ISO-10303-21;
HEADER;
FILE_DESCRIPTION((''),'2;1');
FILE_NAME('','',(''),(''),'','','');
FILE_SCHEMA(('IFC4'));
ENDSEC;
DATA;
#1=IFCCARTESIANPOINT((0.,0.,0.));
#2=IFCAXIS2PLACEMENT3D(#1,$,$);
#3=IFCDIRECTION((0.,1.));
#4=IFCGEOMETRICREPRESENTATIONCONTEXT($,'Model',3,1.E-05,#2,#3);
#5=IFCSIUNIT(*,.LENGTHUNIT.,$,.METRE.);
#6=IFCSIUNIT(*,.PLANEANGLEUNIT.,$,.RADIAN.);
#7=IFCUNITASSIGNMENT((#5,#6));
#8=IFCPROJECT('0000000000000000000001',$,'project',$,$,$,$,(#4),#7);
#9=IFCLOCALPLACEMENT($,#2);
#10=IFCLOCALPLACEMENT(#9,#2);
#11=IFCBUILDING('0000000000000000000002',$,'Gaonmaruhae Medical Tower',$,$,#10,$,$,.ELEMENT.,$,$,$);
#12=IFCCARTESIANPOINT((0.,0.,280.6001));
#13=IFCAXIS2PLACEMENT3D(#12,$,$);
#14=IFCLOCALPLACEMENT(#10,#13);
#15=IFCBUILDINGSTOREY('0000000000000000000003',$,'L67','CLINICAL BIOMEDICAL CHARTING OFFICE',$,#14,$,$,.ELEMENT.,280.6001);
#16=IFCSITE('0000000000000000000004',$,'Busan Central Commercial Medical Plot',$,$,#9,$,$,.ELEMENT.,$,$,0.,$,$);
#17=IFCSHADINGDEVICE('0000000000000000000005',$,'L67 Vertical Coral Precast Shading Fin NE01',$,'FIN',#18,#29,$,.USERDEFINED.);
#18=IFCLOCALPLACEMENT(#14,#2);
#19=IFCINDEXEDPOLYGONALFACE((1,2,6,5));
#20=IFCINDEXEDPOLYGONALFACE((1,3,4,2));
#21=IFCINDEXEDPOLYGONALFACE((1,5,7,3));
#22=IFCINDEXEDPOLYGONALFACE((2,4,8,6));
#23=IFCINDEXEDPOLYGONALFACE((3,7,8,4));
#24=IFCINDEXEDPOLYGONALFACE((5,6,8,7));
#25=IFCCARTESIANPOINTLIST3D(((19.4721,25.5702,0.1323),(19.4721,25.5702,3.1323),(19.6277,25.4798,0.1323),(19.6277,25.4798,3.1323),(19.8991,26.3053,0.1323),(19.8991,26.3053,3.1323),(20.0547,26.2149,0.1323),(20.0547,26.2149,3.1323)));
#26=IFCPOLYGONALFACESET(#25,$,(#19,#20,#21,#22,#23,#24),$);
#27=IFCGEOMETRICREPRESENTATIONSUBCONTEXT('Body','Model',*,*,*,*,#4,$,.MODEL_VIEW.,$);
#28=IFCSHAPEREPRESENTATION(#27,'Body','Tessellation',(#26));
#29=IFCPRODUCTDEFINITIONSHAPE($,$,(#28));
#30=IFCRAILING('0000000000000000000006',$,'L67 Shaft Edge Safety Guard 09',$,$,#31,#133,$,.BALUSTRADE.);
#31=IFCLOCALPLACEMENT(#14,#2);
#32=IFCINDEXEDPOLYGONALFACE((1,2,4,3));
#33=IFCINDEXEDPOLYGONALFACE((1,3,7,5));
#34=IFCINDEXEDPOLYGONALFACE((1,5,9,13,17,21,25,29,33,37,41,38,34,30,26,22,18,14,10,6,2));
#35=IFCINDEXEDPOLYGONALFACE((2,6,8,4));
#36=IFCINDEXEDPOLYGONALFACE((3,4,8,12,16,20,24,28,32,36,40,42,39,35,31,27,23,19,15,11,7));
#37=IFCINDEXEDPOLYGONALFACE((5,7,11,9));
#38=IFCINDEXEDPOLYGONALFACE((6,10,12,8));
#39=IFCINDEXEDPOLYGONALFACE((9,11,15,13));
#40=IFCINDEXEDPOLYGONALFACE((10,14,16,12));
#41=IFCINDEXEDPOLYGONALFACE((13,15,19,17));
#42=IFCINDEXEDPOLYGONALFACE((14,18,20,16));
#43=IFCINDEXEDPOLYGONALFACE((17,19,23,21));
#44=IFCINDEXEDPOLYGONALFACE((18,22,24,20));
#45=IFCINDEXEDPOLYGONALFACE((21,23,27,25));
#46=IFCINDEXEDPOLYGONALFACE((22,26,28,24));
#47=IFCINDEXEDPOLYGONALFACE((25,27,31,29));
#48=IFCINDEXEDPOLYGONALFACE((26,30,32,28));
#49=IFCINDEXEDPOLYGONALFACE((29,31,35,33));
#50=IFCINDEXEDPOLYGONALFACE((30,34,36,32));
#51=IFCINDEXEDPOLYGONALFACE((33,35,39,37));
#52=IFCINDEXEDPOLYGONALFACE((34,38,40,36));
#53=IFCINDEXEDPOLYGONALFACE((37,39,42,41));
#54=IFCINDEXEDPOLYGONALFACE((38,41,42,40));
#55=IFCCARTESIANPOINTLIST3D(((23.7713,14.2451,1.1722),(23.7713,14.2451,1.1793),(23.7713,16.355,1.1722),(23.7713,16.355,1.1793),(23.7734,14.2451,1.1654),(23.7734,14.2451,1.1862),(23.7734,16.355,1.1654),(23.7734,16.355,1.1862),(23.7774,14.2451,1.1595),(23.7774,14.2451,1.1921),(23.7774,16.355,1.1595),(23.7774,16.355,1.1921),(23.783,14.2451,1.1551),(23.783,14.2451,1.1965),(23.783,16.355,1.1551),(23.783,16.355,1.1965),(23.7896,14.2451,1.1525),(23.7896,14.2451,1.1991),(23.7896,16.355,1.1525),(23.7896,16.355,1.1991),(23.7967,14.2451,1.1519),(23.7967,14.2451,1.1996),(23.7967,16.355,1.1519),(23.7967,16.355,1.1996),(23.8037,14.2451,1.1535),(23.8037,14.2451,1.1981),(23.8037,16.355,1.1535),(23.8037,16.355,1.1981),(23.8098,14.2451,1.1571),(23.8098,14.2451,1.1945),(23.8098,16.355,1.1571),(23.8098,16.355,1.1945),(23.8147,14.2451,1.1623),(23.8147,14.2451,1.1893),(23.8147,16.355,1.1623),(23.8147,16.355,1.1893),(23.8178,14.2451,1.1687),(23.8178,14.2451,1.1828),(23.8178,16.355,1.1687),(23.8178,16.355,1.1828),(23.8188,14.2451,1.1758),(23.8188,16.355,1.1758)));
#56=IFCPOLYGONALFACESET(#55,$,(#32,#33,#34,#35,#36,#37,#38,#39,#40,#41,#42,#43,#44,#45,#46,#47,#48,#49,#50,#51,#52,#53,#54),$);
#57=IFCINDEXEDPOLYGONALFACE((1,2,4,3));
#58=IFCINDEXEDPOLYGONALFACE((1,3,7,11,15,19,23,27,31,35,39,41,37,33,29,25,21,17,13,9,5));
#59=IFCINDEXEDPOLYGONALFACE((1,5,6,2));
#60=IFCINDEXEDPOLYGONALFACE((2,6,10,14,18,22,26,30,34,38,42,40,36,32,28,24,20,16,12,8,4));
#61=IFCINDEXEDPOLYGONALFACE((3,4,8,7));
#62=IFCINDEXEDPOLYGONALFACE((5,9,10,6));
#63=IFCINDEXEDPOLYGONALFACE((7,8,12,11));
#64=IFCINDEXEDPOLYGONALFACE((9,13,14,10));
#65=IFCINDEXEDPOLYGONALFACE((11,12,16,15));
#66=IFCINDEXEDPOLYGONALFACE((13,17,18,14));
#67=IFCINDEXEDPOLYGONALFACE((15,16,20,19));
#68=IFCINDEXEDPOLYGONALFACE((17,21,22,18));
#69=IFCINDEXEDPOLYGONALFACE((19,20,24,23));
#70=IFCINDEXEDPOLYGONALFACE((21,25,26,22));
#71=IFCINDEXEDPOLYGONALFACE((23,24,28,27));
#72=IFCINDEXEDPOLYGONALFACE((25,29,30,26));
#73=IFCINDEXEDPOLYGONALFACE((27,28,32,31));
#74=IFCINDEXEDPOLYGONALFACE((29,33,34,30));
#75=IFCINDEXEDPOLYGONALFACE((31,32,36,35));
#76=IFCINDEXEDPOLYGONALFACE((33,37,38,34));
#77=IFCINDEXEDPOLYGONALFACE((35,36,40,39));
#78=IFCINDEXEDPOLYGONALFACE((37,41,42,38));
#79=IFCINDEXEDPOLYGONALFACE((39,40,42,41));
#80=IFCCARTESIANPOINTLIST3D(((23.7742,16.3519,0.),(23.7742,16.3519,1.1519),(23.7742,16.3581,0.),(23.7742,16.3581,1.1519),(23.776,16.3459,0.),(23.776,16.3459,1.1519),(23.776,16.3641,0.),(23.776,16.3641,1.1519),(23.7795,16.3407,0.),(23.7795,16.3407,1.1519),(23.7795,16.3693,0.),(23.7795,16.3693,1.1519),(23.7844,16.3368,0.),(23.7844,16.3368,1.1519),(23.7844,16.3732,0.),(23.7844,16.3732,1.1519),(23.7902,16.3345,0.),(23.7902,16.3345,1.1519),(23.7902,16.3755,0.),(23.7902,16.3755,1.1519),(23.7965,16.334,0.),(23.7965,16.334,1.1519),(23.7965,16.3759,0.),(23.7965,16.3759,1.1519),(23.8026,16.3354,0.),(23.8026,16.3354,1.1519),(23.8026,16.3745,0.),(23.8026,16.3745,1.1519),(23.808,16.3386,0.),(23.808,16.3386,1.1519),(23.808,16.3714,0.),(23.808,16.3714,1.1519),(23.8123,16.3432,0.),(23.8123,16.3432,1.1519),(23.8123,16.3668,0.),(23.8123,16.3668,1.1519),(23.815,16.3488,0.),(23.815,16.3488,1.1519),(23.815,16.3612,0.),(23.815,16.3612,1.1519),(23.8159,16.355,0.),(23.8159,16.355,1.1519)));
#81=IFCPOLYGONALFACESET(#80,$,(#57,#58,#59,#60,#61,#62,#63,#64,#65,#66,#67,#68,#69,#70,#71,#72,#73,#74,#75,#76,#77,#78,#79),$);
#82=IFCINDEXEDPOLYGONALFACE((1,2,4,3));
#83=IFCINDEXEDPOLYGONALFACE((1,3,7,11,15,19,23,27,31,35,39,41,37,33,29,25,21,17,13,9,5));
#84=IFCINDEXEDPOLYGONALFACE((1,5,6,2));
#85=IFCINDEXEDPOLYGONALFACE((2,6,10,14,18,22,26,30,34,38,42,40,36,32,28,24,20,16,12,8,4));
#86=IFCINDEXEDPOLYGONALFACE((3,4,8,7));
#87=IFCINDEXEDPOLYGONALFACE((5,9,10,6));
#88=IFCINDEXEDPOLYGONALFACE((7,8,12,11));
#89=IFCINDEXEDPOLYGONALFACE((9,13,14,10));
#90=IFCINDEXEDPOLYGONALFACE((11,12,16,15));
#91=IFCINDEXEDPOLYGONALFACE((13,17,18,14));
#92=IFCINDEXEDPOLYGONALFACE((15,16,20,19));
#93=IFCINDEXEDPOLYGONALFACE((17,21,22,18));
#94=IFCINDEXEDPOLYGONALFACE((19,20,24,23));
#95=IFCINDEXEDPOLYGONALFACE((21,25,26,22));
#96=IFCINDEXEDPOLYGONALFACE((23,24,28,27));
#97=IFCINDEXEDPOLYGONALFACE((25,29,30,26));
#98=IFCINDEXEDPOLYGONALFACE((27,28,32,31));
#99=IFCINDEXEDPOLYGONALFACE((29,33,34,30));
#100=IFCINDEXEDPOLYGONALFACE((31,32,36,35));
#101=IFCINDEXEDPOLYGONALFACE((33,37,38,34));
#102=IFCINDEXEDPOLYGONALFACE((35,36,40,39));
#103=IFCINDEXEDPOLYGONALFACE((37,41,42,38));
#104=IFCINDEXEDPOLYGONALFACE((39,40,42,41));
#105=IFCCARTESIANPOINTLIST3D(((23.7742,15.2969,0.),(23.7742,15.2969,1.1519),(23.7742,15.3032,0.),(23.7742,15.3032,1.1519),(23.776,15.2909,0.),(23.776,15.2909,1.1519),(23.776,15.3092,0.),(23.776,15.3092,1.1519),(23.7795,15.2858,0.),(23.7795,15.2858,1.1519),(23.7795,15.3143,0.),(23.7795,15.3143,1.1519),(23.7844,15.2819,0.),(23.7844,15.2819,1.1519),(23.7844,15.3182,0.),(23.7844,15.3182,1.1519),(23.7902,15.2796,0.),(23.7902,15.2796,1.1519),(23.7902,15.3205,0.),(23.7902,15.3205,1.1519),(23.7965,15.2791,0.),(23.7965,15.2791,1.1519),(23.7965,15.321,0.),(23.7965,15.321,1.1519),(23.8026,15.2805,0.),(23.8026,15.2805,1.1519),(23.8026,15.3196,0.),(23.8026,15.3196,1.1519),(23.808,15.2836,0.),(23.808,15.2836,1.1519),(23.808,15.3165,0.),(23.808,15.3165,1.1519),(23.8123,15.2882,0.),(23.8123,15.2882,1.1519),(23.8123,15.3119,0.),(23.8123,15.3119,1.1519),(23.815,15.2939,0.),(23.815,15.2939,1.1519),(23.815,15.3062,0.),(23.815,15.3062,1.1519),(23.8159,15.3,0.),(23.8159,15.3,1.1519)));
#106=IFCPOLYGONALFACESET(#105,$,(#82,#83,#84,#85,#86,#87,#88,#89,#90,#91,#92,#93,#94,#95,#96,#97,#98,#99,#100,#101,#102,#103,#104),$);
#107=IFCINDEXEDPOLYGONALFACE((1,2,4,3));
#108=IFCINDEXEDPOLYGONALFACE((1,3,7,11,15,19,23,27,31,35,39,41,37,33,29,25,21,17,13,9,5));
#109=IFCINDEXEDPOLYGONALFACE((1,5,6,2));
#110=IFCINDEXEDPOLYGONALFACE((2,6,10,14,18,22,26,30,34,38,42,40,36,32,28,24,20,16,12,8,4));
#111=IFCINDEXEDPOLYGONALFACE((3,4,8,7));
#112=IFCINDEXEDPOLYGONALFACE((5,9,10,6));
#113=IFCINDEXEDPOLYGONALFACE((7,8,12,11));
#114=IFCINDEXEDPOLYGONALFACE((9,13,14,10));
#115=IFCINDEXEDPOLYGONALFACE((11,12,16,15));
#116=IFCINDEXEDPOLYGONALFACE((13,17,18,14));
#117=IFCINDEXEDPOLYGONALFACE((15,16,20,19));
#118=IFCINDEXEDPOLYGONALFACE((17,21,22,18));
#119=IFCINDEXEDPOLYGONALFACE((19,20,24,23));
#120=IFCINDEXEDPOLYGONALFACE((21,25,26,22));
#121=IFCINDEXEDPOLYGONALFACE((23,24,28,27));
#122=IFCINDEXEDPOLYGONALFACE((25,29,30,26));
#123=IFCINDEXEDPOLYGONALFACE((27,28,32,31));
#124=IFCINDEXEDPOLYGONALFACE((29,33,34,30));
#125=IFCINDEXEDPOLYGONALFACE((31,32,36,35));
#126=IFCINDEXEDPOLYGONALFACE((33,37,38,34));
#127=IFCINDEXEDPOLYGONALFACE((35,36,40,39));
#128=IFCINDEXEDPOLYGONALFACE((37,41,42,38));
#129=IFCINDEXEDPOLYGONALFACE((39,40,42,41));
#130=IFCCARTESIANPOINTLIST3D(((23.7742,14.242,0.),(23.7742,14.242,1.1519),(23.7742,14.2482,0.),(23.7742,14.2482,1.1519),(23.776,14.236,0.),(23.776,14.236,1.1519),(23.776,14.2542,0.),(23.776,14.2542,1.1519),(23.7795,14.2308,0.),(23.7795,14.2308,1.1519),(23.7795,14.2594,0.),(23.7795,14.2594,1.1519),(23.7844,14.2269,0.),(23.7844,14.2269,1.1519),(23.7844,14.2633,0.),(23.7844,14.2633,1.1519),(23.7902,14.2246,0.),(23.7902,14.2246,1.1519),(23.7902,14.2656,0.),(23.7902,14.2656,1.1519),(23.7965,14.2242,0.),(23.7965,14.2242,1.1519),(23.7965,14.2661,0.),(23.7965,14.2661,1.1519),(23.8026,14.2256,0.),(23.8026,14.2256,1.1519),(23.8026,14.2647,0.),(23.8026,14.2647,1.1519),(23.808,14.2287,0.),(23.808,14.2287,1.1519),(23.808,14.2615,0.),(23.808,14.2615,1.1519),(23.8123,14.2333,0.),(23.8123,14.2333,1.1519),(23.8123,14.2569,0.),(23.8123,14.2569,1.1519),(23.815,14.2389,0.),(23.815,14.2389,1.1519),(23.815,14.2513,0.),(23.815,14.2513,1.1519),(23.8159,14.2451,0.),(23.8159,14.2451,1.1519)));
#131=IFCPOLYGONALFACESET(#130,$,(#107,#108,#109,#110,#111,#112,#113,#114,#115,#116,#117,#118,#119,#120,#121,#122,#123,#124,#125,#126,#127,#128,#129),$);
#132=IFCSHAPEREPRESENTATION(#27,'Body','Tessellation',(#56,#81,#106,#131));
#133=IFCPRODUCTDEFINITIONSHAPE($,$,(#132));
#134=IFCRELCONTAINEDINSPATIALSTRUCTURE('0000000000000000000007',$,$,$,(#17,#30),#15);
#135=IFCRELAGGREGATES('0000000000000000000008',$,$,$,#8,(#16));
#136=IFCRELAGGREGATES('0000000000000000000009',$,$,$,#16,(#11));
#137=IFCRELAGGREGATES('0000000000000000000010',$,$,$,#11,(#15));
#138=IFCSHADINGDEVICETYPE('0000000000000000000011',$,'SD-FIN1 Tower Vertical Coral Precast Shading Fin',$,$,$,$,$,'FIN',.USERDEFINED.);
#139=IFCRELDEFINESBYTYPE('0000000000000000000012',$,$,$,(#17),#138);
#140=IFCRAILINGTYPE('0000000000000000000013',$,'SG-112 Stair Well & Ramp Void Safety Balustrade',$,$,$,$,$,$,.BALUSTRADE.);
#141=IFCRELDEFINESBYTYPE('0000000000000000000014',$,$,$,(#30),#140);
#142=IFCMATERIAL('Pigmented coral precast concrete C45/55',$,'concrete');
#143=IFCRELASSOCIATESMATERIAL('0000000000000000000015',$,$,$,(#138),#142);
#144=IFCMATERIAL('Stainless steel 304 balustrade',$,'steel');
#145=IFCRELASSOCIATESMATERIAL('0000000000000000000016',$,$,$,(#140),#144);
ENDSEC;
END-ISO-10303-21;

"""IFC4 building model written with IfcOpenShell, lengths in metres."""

from ifc_helpers import new_model, si_unit, direction, frame, origin, origin_2d, place, context, subcontext, project, spatial, rectangle, circle, extrude, material, type_object, element, save


model = new_model("IFC4")

# Units and contexts
model_context = context("Model", 3, precision=1e-05, world=origin(), true_north=direction((0.0, 1.0)))
body_context = subcontext(model_context, "Body", "Model", "MODEL_VIEW")
ifc_project = project(units=[si_unit("LENGTHUNIT", "METRE"), si_unit("PLANEANGLEUNIT", "RADIAN")], contexts=[model_context])

# Site, building, storey
site_placement = place(None, origin())
site = spatial("IfcSite", under=ifc_project, at=site_placement, Name="Busan Central Commercial Medical Plot", CompositionType="ELEMENT", RefElevation=0.0)
building_placement = place(site_placement, origin())
building = spatial("IfcBuilding", under=site, at=building_placement, Name="Gaonmaruhae Medical Tower", CompositionType="ELEMENT")
storey_placement = place(building_placement, frame((0.0, 0.0, 280.6001)))
storey = spatial("IfcBuildingStorey", under=building, at=storey_placement, Name="L67", Description="CLINICAL BIOMEDICAL CHARTING OFFICE", CompositionType="ELEMENT", Elevation=280.6001)

# Shading device
ifc_material_1 = material(Name="Pigmented coral precast concrete C45/55", Category="concrete")
shading_device_type = type_object("IfcShadingDeviceType", Name="SD-FIN1 Tower Vertical Coral Precast Shading Fin", ElementType="FIN", PredefinedType="USERDEFINED", material=ifc_material_1)
shading_device_placement = place(storey_placement, frame((19.7634, 25.8926, 0.1323), z_axis=(0.0, 0.0, 1.0), x_axis=(0.864713, -0.502266, 0.0)))
element("IfcShadingDevice", 1, at=shading_device_placement, inside=storey, type_object=shading_device_type, Name="L67 Vertical Coral Precast Shading Fin NE01", ObjectType="FIN", PredefinedType="USERDEFINED", context=body_context, shape_type="SweptSolid", body=[
    extrude(rectangle(XDim=0.1799, YDim=0.8501, at=origin_2d()), origin(), (0.0, 0.0, 1.0), 3.0),
])

# Railing
ifc_material_2 = material(Name="Stainless steel 304 balustrade", Category="steel")
railing_type_1 = type_object("IfcRailingType", Name="SG-112 Stair Well & Ramp Void Safety Balustrade", PredefinedType="BALUSTRADE", material=ifc_material_2)
railing_1_placement = place(storey_placement, frame((23.7949, 16.355, 0.0)))
element("IfcRailing", 2, at=railing_1_placement, inside=storey, type_object=railing_type_1, Name="L67 Shaft Edge Safety Guard 09", PredefinedType="BALUSTRADE", context=body_context, shape_type="SweptSolid", body=[
    extrude(circle(Radius=0.0239, at=origin_2d()), frame((0.0, 0.0, 1.1758), z_axis=(0.0, -1.0, 0.0), x_axis=(1.0, 0.0, 0.0)), (0.0, 0.0, 1.0), 2.1099),
    extrude(circle(Radius=0.021, at=origin_2d()), origin(), (0.0, 0.0, 1.0), 1.1519),
    extrude(circle(Radius=0.021, at=origin_2d()), frame((0.0, -1.0549, 0.0)), (0.0, 0.0, 1.0), 1.1519),
    extrude(circle(Radius=0.021, at=origin_2d()), frame((0.0, -2.1099, 0.0)), (0.0, 0.0, 1.0), 1.1519),
])

save(model, "model.ifc")
